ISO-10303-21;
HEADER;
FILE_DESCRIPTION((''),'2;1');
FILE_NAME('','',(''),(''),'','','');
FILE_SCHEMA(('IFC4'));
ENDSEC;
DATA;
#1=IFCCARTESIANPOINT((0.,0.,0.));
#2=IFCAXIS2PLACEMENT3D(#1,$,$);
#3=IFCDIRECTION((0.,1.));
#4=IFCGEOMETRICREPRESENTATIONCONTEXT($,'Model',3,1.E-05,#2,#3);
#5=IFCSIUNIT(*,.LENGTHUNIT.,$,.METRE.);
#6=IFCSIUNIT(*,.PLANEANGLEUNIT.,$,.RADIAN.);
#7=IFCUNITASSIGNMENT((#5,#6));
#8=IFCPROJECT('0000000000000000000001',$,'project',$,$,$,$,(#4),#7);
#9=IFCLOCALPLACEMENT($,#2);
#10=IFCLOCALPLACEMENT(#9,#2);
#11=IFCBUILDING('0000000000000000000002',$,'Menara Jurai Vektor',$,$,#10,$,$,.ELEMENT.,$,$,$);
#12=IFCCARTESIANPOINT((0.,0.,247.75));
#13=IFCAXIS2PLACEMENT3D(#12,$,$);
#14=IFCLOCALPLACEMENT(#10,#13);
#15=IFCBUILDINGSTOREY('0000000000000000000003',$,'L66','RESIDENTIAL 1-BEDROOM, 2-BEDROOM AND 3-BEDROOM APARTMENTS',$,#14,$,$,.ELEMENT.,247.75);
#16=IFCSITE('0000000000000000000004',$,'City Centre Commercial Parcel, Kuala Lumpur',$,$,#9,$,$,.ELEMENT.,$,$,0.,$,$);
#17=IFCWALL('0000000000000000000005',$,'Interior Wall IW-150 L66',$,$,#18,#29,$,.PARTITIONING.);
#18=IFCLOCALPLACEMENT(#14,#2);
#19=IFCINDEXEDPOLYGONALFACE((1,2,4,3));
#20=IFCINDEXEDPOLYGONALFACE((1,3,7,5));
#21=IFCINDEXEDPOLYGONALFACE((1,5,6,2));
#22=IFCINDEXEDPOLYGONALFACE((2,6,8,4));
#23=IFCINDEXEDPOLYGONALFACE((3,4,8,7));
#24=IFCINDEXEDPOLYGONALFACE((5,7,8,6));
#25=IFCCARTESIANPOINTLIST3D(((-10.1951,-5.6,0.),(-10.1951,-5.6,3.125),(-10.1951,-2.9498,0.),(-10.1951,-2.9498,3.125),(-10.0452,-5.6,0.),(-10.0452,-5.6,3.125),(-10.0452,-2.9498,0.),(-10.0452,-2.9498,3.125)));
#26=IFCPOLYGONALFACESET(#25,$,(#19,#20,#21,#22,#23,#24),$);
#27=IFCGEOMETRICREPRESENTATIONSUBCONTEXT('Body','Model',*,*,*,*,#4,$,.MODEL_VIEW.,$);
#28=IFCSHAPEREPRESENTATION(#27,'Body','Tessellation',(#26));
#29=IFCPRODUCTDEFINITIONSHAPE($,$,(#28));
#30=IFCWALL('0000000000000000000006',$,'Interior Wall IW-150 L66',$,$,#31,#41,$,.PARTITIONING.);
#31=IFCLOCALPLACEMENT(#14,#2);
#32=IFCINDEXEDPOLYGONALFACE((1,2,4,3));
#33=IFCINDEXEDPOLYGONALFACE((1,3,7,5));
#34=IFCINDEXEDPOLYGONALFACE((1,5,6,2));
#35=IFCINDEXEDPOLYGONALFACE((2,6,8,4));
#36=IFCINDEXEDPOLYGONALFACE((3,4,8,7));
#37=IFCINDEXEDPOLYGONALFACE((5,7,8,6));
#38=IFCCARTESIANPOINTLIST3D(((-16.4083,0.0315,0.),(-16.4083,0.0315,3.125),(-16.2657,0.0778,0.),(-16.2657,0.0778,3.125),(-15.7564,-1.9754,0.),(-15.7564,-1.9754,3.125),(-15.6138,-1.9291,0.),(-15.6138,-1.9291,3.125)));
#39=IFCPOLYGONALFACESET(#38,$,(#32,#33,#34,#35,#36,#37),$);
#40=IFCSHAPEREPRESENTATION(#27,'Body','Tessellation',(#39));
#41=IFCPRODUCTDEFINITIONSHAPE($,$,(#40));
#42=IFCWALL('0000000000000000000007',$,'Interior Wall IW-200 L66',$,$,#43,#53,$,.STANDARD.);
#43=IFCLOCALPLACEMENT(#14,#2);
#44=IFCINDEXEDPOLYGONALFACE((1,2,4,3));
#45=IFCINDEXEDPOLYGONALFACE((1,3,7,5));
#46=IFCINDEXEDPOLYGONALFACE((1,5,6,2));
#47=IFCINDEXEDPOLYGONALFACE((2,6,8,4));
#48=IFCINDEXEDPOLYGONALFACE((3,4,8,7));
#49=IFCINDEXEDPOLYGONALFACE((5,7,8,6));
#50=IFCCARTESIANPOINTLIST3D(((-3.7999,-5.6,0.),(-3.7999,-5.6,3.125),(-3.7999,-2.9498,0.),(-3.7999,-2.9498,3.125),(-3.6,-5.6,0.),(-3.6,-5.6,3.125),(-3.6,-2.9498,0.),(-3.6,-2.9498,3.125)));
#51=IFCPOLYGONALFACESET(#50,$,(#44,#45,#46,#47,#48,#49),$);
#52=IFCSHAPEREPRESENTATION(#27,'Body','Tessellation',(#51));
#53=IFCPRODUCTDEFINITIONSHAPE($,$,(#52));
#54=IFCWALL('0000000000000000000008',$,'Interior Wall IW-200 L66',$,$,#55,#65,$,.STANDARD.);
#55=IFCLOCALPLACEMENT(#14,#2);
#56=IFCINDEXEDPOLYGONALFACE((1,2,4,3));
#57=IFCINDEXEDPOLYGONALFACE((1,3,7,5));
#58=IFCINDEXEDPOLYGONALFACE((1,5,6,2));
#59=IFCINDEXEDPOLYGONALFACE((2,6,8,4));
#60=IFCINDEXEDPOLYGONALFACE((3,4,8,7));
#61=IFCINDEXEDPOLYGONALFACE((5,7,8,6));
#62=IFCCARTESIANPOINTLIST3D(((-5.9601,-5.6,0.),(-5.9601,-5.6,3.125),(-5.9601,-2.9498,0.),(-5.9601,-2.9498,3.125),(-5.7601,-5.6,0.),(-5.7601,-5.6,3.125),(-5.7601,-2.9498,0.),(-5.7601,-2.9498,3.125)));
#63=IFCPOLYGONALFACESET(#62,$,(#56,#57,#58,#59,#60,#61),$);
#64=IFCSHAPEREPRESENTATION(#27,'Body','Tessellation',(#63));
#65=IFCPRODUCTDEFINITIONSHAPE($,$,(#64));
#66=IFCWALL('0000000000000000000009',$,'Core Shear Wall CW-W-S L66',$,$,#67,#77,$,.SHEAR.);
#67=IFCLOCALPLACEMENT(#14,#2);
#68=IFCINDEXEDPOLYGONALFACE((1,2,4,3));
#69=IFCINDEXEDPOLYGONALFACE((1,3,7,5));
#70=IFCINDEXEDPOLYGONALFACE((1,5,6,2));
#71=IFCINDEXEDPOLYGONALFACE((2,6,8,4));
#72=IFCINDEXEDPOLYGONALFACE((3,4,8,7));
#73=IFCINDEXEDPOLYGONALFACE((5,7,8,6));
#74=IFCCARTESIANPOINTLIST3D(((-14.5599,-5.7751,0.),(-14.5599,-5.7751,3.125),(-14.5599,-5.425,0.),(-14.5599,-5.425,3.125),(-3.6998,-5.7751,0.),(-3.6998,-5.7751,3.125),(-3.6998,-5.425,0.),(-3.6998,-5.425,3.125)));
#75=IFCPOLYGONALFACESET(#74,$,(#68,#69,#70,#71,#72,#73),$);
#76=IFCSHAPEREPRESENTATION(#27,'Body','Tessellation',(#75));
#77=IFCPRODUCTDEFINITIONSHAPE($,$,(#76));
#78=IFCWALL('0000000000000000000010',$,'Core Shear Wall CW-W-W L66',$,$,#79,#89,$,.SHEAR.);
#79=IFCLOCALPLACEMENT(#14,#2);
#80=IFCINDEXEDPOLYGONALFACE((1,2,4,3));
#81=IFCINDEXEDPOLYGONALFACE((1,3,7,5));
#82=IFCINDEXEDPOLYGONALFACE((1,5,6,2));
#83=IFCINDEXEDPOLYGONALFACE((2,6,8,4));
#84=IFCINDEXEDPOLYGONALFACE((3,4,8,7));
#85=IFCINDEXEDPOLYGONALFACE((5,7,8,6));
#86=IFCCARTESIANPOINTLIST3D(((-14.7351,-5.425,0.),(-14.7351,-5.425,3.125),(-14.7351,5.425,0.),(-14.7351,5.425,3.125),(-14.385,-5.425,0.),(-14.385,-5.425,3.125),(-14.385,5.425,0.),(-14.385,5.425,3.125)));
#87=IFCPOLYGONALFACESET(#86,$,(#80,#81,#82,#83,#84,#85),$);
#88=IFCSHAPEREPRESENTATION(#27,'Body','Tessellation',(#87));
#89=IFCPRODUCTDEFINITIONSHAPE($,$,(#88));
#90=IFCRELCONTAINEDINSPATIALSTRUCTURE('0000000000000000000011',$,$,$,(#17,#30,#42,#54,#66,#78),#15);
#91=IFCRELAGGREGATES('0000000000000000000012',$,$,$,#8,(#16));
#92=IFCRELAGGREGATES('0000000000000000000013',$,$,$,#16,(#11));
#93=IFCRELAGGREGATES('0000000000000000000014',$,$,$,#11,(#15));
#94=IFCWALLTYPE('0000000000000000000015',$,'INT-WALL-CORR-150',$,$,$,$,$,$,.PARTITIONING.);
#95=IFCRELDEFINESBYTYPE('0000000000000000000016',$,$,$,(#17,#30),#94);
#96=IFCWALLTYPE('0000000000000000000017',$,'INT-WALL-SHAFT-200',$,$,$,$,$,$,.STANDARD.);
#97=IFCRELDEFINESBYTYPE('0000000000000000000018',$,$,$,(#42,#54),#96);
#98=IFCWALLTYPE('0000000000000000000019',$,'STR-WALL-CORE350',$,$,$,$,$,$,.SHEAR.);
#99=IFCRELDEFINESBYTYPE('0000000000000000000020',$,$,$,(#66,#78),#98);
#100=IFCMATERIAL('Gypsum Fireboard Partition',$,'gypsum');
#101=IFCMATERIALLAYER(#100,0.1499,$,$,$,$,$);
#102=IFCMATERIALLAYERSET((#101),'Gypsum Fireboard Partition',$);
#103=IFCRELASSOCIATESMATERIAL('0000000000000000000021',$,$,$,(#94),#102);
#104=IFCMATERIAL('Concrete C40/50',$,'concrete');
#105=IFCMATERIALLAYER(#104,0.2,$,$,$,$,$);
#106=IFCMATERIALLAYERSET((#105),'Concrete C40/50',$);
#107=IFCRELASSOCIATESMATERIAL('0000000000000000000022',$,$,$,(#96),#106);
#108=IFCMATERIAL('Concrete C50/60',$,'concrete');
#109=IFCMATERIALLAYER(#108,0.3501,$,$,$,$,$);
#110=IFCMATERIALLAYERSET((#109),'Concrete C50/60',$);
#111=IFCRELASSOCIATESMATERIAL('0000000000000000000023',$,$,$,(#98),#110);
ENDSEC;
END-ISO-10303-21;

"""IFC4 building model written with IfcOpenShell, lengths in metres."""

from ifc_helpers import new_model, si_unit, direction, frame, frame_2d, origin, place, context, subcontext, project, spatial, rectangle, extrude, material, layer, layer_set, type_object, element, save


model = new_model("IFC4")

# Units and contexts
model_context = context("Model", 3, precision=1e-05, world=origin(), true_north=direction((0.0, 1.0)))
body_context = subcontext(model_context, "Body", "Model", "MODEL_VIEW")
ifc_project = project(units=[si_unit("LENGTHUNIT", "METRE"), si_unit("PLANEANGLEUNIT", "RADIAN")], contexts=[model_context])

# Site, building, storey
site_placement = place(None, origin())
site = spatial("IfcSite", under=ifc_project, at=site_placement, Name="City Centre Commercial Parcel, Kuala Lumpur", CompositionType="ELEMENT", RefElevation=0.0)
building_placement = place(site_placement, origin())
building = spatial("IfcBuilding", under=site, at=building_placement, Name="Menara Jurai Vektor", CompositionType="ELEMENT")
storey_placement = place(building_placement, frame((0.0, 0.0, 247.75)))
storey = spatial("IfcBuildingStorey", under=building, at=storey_placement, Name="L66", Description="RESIDENTIAL 1-BEDROOM, 2-BEDROOM AND 3-BEDROOM APARTMENTS", CompositionType="ELEMENT", Elevation=247.75)

# Shared definitions
ifc_material_1 = material(Name="Concrete C50/60", Category="concrete")

# Shared definitions
ifc_material_2 = material(Name="Concrete C40/50", Category="concrete")
ifc_material_3 = material(Name="Gypsum Fireboard Partition", Category="gypsum")
ifc_layer_1 = layer(ifc_material_3, 0.1499)
ifc_layer_set_1 = layer_set([ifc_layer_1], Name="Gypsum Fireboard Partition")
wall_type_1 = type_object("IfcWallType", Name="INT-WALL-CORR-150", PredefinedType="PARTITIONING", material=ifc_layer_set_1)

# Walls
wall_1_placement = place(storey_placement, frame((-10.1201, -5.6001, 0.0), z_axis=(0.0, 0.0, 1.0), x_axis=(0.0, 1.0, 0.0)))
element("IfcWall", 1, at=wall_1_placement, inside=storey, type_object=wall_type_1, Name="Interior Wall IW-150 L66", PredefinedType="PARTITIONING", context=body_context, shape_type="SweptSolid", body=[
    extrude(rectangle(XDim=2.6501, YDim=0.1499, at=frame_2d((1.3252, 0.0))), origin(), (0.0, 0.0, 1.0), 3.125),
])
wall_2_placement = place(storey_placement, frame((-15.6851, -1.9524, 0.0), z_axis=(0.0, 0.0, 1.0), x_axis=(-0.308929, 0.951085, 0.0)))
element("IfcWall", 2, at=wall_2_placement, inside=storey, type_object=wall_type_1, Name="Interior Wall IW-150 L66", PredefinedType="PARTITIONING", context=body_context, shape_type="SweptSolid", body=[
    extrude(rectangle(XDim=2.1101, YDim=0.1499, at=frame_2d((1.0552, 0.0))), origin(), (0.0, 0.0, 1.0), 3.125),
])
ifc_layer_2 = layer(ifc_material_2, 0.2)
ifc_layer_set_2 = layer_set([ifc_layer_2], Name="Concrete C40/50")
wall_type_2 = type_object("IfcWallType", Name="INT-WALL-SHAFT-200", PredefinedType="STANDARD", material=ifc_layer_set_2)
wall_3_placement = place(storey_placement, frame((-3.7, -5.6001, 0.0), z_axis=(0.0, 0.0, 1.0), x_axis=(0.0, 1.0, 0.0)))
element("IfcWall", 3, at=wall_3_placement, inside=storey, type_object=wall_type_2, Name="Interior Wall IW-200 L66", PredefinedType="STANDARD", context=body_context, shape_type="SweptSolid", body=[
    extrude(rectangle(XDim=2.6501, YDim=0.2, at=frame_2d((1.3252, 0.0))), origin(), (0.0, 0.0, 1.0), 3.125),
])

# Walls
wall_4_placement = place(storey_placement, frame((-5.8601, -5.6001, 0.0), z_axis=(0.0, 0.0, 1.0), x_axis=(0.0, 1.0, 0.0)))
element("IfcWall", 4, at=wall_4_placement, inside=storey, type_object=wall_type_2, Name="Interior Wall IW-200 L66", PredefinedType="STANDARD", context=body_context, shape_type="SweptSolid", body=[
    extrude(rectangle(XDim=2.6501, YDim=0.2, at=frame_2d((1.3252, 0.0))), origin(), (0.0, 0.0, 1.0), 3.125),
])
ifc_layer_3 = layer(ifc_material_1, 0.3501)
ifc_layer_set_3 = layer_set([ifc_layer_3], Name="Concrete C50/60")
wall_type_3 = type_object("IfcWallType", Name="STR-WALL-CORE350", PredefinedType="SHEAR", material=ifc_layer_set_3)
wall_5_placement = place(storey_placement, frame((-14.5601, -5.6001, 0.0), z_axis=(0.0, 0.0, 1.0), x_axis=(1.0, 0.0, 0.0)))
element("IfcWall", 5, at=wall_5_placement, inside=storey, type_object=wall_type_3, Name="Core Shear Wall CW-W-S L66", PredefinedType="SHEAR", context=body_context, shape_type="SweptSolid", body=[
    extrude(rectangle(XDim=10.8601, YDim=0.3501, at=frame_2d((5.4302, 0.0))), origin(), (0.0, 0.0, 1.0), 3.125),
])
wall_6_placement = place(storey_placement, frame((-14.5601, -5.425, 0.0), z_axis=(0.0, 0.0, 1.0), x_axis=(0.0, 1.0, 0.0)))
element("IfcWall", 6, at=wall_6_placement, inside=storey, type_object=wall_type_3, Name="Core Shear Wall CW-W-W L66", PredefinedType="SHEAR", context=body_context, shape_type="SweptSolid", body=[
    extrude(rectangle(XDim=10.8501, YDim=0.3501, at=frame_2d((5.425, 0.0))), origin(), (0.0, 0.0, 1.0), 3.125),
])

save(model, "model.ifc")
